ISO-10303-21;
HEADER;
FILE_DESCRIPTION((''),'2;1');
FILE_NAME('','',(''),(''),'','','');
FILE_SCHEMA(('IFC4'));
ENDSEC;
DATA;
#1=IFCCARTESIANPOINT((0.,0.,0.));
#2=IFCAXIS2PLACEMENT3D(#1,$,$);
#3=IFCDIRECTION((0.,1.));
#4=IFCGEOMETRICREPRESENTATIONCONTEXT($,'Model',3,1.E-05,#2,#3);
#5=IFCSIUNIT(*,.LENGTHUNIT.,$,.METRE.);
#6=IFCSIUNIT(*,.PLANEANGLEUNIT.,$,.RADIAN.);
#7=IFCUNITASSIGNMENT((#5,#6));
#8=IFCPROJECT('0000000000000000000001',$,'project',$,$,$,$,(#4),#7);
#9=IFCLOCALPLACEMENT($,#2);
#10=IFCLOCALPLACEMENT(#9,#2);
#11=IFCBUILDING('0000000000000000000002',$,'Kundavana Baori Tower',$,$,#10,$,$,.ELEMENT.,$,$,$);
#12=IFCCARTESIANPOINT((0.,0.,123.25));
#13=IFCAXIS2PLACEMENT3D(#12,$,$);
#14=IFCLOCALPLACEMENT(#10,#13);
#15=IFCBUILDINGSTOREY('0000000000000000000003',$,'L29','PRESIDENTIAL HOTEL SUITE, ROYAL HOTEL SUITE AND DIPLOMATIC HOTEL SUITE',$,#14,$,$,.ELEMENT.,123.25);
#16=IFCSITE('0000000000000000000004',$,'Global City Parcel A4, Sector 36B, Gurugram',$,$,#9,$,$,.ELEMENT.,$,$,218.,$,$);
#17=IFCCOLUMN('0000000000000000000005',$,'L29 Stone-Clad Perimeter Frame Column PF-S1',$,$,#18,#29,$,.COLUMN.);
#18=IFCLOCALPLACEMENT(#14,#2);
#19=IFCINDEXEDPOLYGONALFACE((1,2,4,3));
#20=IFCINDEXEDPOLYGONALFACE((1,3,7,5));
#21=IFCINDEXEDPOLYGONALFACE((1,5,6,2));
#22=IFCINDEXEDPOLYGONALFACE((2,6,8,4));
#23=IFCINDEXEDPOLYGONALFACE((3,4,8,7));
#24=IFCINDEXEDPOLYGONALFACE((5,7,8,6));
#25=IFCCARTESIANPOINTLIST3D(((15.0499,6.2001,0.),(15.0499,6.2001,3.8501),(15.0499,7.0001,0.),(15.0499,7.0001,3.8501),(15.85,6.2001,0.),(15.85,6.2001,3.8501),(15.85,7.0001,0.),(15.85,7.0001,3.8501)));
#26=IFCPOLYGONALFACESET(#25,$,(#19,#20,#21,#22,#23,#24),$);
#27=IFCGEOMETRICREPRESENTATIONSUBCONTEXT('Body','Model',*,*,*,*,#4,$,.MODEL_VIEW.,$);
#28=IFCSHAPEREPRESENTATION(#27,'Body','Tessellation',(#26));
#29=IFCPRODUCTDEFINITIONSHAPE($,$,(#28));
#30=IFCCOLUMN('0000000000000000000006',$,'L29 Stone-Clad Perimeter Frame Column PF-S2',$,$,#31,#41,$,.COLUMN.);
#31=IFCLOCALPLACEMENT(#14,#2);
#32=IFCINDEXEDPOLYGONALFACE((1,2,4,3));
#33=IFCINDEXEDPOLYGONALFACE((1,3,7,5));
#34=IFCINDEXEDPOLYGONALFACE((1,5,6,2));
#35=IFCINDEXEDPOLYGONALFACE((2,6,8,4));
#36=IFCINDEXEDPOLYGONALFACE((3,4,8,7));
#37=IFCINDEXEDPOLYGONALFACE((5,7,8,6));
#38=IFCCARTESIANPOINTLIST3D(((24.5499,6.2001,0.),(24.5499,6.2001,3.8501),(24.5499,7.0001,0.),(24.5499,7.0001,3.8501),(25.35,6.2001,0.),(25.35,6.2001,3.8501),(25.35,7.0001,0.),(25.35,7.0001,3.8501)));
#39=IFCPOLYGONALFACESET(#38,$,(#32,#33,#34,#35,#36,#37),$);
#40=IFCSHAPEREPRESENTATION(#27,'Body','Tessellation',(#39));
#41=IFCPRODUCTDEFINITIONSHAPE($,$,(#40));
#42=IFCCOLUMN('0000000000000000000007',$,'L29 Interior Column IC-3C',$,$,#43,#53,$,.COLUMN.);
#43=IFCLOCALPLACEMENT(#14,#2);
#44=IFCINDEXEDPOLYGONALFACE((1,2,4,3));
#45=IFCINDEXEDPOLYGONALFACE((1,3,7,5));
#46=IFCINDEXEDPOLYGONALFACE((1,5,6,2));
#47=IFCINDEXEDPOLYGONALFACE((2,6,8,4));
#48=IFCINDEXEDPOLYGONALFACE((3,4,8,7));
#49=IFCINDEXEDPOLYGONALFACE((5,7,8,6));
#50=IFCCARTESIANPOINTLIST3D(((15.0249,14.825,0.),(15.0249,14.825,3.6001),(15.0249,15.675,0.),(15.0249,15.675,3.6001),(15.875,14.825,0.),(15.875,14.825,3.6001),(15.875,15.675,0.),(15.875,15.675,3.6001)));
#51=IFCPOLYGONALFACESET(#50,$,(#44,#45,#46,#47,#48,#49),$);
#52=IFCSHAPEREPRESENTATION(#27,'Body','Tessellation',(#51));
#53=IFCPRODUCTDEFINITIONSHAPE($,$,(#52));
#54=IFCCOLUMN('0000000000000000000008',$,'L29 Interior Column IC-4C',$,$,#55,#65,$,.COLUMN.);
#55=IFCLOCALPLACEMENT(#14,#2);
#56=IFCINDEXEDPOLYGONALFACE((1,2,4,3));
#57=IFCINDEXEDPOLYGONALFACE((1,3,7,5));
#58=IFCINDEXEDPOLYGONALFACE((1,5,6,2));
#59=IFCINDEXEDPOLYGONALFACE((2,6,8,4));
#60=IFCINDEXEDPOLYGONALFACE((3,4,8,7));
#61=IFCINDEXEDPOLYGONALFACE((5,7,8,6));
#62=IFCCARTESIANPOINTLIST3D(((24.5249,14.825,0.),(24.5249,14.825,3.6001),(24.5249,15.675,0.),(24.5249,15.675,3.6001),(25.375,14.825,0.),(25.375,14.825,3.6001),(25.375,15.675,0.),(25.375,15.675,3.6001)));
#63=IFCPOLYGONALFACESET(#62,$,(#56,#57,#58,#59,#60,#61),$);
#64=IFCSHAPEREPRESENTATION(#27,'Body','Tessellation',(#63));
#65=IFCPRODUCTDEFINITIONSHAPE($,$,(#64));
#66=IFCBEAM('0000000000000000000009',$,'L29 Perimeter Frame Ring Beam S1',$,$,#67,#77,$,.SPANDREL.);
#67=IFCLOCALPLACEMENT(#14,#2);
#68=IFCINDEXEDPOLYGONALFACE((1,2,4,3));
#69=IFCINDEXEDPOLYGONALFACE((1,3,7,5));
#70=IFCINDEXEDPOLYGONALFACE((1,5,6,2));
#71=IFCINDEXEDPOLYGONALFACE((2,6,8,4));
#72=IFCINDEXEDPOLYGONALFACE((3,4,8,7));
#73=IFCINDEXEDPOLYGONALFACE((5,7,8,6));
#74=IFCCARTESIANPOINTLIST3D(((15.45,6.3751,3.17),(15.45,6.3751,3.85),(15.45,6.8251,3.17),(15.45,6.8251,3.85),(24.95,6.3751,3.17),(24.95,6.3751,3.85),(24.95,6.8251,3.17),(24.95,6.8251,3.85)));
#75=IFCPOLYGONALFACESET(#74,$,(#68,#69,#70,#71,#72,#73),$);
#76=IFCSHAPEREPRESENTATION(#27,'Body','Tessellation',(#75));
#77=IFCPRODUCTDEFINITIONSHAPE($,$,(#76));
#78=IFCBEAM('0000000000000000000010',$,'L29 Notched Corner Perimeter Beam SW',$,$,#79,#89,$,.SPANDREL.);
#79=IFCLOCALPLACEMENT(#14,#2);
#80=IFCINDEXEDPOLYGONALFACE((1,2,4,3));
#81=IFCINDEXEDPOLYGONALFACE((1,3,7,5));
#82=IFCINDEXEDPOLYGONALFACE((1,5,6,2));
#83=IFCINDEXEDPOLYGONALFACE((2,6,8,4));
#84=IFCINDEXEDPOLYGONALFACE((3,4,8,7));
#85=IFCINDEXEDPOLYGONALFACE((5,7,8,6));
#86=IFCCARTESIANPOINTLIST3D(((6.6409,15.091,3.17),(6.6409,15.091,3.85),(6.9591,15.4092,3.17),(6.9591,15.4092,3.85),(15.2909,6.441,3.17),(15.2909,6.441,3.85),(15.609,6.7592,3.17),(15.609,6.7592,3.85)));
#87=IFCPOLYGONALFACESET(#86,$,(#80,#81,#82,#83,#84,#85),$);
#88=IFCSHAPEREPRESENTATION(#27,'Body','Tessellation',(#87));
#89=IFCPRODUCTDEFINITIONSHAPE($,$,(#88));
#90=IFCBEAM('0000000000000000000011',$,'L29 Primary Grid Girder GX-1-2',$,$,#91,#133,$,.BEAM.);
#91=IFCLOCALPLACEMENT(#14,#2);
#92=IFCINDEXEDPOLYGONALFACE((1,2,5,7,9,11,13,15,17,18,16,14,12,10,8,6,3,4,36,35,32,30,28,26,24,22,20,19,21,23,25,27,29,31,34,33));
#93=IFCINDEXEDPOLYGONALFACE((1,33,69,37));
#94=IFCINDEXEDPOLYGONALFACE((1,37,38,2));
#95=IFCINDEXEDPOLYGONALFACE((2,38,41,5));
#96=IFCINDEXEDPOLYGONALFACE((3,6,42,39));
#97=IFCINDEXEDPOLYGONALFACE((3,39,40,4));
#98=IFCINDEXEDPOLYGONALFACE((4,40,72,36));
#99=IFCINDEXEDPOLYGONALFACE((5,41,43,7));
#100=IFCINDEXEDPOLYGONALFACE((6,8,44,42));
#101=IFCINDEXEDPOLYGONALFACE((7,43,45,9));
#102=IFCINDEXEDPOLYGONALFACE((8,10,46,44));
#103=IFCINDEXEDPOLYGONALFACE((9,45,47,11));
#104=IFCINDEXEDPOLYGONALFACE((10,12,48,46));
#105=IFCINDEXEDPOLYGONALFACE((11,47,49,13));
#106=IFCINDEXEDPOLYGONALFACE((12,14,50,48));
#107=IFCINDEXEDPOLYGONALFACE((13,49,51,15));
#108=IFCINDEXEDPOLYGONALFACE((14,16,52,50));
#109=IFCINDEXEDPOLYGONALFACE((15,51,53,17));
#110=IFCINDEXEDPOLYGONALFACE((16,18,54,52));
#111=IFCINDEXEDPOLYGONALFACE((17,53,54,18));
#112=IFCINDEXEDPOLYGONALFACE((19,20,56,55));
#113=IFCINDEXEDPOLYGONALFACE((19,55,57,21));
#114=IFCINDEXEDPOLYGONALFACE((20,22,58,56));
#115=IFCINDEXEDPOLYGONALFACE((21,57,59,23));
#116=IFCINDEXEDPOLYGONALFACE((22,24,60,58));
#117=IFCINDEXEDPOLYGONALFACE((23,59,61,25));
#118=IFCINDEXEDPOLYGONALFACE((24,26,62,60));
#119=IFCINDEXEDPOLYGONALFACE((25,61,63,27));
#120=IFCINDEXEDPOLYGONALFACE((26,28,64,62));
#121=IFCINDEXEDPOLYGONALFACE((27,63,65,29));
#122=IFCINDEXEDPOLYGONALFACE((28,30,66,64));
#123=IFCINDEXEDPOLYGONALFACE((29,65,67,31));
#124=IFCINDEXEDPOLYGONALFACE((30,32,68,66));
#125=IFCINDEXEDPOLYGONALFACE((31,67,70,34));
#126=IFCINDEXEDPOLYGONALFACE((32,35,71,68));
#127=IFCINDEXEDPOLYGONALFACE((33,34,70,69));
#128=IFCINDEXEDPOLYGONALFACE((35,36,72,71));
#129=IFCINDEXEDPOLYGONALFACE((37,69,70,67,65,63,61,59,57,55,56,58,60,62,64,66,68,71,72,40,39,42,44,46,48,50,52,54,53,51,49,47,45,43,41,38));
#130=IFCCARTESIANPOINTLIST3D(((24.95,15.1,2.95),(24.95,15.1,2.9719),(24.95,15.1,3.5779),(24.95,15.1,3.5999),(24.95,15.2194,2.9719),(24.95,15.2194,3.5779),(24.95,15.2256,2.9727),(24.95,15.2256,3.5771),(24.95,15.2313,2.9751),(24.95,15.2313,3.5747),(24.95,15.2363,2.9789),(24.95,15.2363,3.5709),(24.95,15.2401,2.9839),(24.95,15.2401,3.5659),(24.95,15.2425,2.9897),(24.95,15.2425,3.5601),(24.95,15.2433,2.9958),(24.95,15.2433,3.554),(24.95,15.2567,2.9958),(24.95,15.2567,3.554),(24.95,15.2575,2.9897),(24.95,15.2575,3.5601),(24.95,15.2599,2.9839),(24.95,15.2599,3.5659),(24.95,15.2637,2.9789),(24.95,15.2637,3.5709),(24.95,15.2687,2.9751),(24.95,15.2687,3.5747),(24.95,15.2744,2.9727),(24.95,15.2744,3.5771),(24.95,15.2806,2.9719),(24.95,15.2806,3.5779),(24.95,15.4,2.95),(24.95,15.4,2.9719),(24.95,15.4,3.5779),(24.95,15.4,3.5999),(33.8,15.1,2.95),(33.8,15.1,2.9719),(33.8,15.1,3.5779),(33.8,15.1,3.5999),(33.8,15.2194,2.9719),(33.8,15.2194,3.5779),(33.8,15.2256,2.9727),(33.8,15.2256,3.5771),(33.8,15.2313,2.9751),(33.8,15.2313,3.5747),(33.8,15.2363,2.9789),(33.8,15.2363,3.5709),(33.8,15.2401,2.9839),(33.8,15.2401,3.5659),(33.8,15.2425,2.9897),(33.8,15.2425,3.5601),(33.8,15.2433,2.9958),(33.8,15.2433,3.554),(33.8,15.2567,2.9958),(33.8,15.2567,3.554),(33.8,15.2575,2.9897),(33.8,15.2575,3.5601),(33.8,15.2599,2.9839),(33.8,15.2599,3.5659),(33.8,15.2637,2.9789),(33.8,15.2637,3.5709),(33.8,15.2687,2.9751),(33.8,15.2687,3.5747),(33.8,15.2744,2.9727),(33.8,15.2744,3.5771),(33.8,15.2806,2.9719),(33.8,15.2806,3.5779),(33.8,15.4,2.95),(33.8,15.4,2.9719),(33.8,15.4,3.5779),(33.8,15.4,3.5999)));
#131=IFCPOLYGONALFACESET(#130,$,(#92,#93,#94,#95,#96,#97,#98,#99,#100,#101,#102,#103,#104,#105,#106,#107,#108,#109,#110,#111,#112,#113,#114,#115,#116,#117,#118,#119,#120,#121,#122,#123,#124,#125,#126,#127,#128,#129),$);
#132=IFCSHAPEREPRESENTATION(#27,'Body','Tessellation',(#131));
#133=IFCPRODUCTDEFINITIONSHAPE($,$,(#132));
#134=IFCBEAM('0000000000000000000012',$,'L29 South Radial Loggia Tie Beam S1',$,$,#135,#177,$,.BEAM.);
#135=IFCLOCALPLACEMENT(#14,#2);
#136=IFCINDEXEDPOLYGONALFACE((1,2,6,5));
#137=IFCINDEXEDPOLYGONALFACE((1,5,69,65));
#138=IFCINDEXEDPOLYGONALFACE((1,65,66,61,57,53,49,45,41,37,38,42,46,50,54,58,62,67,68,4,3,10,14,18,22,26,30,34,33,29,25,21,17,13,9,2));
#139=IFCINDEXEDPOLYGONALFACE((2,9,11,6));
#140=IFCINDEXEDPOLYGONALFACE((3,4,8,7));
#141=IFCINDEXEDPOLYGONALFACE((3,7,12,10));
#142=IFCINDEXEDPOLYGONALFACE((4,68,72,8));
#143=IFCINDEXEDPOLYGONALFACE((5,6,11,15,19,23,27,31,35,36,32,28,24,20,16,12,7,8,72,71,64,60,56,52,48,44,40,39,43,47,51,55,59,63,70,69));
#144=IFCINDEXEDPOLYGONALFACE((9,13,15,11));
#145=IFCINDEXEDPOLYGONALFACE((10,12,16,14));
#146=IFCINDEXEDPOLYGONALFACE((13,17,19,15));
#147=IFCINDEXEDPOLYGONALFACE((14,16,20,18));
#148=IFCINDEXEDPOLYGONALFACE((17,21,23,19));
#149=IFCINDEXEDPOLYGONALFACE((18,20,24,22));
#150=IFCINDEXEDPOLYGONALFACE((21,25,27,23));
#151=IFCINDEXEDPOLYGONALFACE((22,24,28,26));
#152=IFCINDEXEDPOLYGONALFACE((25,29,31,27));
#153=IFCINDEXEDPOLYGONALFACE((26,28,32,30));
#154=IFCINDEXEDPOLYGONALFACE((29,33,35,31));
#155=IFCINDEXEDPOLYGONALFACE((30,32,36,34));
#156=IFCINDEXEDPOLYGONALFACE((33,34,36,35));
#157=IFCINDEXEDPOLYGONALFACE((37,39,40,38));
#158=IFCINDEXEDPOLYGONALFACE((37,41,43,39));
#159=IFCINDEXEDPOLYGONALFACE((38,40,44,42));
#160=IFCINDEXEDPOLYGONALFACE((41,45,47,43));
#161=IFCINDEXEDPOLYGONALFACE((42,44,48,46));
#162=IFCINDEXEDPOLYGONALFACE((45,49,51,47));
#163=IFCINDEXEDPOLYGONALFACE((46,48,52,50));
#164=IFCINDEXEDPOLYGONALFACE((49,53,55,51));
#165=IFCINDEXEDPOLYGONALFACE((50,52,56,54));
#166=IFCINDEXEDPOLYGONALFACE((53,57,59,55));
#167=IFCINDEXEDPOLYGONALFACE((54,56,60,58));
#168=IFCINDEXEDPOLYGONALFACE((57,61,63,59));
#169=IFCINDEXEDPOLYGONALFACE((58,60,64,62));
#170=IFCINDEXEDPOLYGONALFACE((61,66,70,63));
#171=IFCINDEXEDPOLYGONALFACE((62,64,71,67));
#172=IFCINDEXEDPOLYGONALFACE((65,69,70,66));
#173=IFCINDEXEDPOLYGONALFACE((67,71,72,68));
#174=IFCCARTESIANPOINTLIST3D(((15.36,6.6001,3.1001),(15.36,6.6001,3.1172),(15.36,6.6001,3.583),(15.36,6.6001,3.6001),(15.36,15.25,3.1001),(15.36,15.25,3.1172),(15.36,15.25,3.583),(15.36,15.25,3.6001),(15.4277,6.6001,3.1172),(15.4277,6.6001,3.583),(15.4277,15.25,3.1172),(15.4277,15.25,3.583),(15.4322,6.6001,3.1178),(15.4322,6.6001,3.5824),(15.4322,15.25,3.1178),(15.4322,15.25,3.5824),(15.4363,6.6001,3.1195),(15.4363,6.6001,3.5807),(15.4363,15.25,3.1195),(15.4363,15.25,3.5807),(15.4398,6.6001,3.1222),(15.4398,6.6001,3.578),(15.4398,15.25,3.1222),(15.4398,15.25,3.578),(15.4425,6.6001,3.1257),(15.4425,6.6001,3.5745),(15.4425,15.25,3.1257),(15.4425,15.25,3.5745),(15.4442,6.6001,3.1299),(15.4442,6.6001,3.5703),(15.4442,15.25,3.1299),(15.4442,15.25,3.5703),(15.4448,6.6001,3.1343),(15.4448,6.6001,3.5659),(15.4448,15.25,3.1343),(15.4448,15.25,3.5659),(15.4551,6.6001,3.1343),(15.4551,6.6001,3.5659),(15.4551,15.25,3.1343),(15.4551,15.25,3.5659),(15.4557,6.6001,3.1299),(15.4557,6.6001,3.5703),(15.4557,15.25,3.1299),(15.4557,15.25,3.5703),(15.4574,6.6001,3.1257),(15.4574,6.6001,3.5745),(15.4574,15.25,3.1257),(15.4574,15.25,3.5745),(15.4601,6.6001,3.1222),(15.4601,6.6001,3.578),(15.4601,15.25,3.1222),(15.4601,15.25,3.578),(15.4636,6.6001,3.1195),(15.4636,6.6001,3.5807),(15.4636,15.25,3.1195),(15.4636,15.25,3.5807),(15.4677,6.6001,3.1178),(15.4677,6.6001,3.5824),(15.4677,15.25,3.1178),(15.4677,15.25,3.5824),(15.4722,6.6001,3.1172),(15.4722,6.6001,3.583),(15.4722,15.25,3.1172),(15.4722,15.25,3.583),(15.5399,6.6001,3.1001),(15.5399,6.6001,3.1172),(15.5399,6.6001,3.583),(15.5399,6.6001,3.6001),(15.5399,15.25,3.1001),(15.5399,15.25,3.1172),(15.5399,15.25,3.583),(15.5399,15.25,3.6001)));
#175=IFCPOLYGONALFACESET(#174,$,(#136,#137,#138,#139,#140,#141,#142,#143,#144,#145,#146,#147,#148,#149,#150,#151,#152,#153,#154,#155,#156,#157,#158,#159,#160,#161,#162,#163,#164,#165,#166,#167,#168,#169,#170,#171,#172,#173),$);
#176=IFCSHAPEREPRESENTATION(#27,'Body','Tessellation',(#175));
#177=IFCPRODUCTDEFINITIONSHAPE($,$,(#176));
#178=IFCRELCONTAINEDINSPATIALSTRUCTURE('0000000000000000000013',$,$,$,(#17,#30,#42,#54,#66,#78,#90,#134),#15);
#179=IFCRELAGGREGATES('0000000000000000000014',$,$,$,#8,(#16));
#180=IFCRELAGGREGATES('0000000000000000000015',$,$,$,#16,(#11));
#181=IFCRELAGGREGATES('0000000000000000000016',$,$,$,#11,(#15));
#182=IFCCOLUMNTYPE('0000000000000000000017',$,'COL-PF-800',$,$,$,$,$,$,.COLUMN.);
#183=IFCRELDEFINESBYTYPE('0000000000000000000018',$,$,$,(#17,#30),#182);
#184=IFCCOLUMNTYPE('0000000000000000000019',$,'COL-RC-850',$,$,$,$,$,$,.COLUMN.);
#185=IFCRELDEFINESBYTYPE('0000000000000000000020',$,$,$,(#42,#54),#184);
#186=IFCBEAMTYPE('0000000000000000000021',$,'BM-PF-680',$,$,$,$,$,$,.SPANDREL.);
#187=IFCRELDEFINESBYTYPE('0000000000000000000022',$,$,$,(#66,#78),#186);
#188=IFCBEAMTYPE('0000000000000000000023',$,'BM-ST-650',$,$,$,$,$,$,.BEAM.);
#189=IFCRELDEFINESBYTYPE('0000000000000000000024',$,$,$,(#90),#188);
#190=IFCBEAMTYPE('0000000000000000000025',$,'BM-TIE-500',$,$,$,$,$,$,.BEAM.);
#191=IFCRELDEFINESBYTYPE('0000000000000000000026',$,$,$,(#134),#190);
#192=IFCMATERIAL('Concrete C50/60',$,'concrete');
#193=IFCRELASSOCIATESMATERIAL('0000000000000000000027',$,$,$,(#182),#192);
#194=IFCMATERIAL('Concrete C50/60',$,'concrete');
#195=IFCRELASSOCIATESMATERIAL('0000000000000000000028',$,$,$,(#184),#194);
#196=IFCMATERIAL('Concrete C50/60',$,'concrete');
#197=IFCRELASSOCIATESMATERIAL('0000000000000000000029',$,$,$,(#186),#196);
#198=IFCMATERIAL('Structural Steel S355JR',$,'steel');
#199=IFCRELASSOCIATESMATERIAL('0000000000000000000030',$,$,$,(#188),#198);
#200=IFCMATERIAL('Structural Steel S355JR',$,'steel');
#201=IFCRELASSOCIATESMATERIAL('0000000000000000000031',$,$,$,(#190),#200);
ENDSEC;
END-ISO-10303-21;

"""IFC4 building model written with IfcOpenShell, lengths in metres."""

from ifc_helpers import new_model, si_unit, direction, frame, origin, origin_2d, place, context, subcontext, project, spatial, rectangle, i_section, extrude, material, material_profile, profile_set, type_object, element, save


model = new_model("IFC4")

# Units and contexts
model_context = context("Model", 3, precision=1e-05, world=origin(), true_north=direction((0.0, 1.0)))
body_context = subcontext(model_context, "Body", "Model", "MODEL_VIEW")
ifc_project = project(units=[si_unit("LENGTHUNIT", "METRE"), si_unit("PLANEANGLEUNIT", "RADIAN")], contexts=[model_context])

# Site, building, storey
site_placement = place(None, origin())
site = spatial("IfcSite", under=ifc_project, at=site_placement, Name="Global City Parcel A4, Sector 36B, Gurugram", CompositionType="ELEMENT", RefElevation=218.0)
building_placement = place(site_placement, origin())
building = spatial("IfcBuilding", under=site, at=building_placement, Name="Kundavana Baori Tower", CompositionType="ELEMENT")
storey_placement = place(building_placement, frame((0.0, 0.0, 123.25)))
storey = spatial("IfcBuildingStorey", under=building, at=storey_placement, Name="L29", Description="PRESIDENTIAL HOTEL SUITE, ROYAL HOTEL SUITE AND DIPLOMATIC HOTEL SUITE", CompositionType="ELEMENT", Elevation=123.25)

# Columns
ifc_material_1 = material(Name="Concrete C50/60", Category="concrete")
ifc_material_profile_1 = material_profile(ifc_material_1, rectangle(XDim=0.8, YDim=0.8, at=origin_2d()), Name="RC PF 800x800")
ifc_profile_set_1 = profile_set([ifc_material_profile_1], Name="Concrete C50/60")
column_type_1 = type_object("IfcColumnType", Name="COL-PF-800", PredefinedType="COLUMN", material=ifc_profile_set_1)
for number, where, z_axis, x_axis, name in (
    (1, (15.45, 6.6001, 0.0), (0.0, 0.0, 1.0), (1.0, 0.0, 0.0), "L29 Stone-Clad Perimeter Frame Column PF-S1"),
    (2, (24.95, 6.6001, 0.0), (0.0, 0.0, 1.0), (1.0, 0.0, 0.0), "L29 Stone-Clad Perimeter Frame Column PF-S2"),
):
    element("IfcColumn", number, at=place(storey_placement, frame(where, z_axis=z_axis, x_axis=x_axis)), inside=storey, type_object=column_type_1, Name=name, PredefinedType="COLUMN", context=body_context, shape_type="SweptSolid", body=[
        extrude(rectangle(XDim=0.8, YDim=0.8, at=origin_2d()), origin(), (0.0, 0.0, 1.0), 3.8501),
    ])
ifc_material_2 = material(Name="Concrete C50/60", Category="concrete")
ifc_material_profile_2 = material_profile(ifc_material_2, rectangle(XDim=0.8501, YDim=0.8501, at=origin_2d()), Name="RC 850x850")
ifc_profile_set_2 = profile_set([ifc_material_profile_2], Name="Concrete C50/60")
column_type_2 = type_object("IfcColumnType", Name="COL-RC-850", PredefinedType="COLUMN", material=ifc_profile_set_2)
for number, where, z_axis, x_axis, name in (
    (3, (15.45, 15.25, 0.0), (0.0, 0.0, 1.0), (1.0, 0.0, 0.0), "L29 Interior Column IC-3C"),
    (4, (24.95, 15.25, 0.0), (0.0, 0.0, 1.0), (1.0, 0.0, 0.0), "L29 Interior Column IC-4C"),
):
    element("IfcColumn", number, at=place(storey_placement, frame(where, z_axis=z_axis, x_axis=x_axis)), inside=storey, type_object=column_type_2, Name=name, PredefinedType="COLUMN", context=body_context, shape_type="SweptSolid", body=[
        extrude(rectangle(XDim=0.8501, YDim=0.8501, at=origin_2d()), origin(), (0.0, 0.0, 1.0), 3.6001),
    ])

# Beams
ifc_material_3 = material(Name="Concrete C50/60", Category="concrete")
ifc_material_profile_3 = material_profile(ifc_material_3, rectangle(XDim=0.45, YDim=0.6799, at=origin_2d()), Name="RC BM 450x680")
ifc_profile_set_3 = profile_set([ifc_material_profile_3], Name="Concrete C50/60")
beam_type_1 = type_object("IfcBeamType", Name="BM-PF-680", PredefinedType="SPANDREL", material=ifc_profile_set_3)
beam_1_placement = place(storey_placement, frame((15.45, 6.6001, 3.51), z_axis=(1.0, 0.0, 0.0), x_axis=(0.0, 1.0, 0.0)))
element("IfcBeam", 5, at=beam_1_placement, inside=storey, type_object=beam_type_1, Name="L29 Perimeter Frame Ring Beam S1", PredefinedType="SPANDREL", context=body_context, shape_type="SweptSolid", body=[
    extrude(rectangle(XDim=0.45, YDim=0.6799, at=origin_2d()), origin(), (0.0, 0.0, 1.0), 9.5),
])
beam_2_placement = place(storey_placement, frame((15.45, 6.6001, 3.51), z_axis=(-0.707107, 0.707107, 0.0), x_axis=(-0.707107, -0.707107, 0.0)))
element("IfcBeam", 6, at=beam_2_placement, inside=storey, type_object=beam_type_1, Name="L29 Notched Corner Perimeter Beam SW", PredefinedType="SPANDREL", context=body_context, shape_type="SweptSolid", body=[
    extrude(rectangle(XDim=0.45, YDim=0.6799, at=origin_2d()), origin(), (0.0, 0.0, 1.0), 12.2329),
])
ifc_material_4 = material(Name="Structural Steel S355JR", Category="steel")
ifc_material_profile_4 = material_profile(ifc_material_4, i_section(OverallWidth=0.3, OverallDepth=0.6499, WebThickness=0.0134, FlangeThickness=0.022, FilletRadius=0.0239, at=origin_2d()), Name="NPB 650x300x155")
ifc_profile_set_4 = profile_set([ifc_material_profile_4], Name="Structural Steel S355JR")
beam_type_2 = type_object("IfcBeamType", Name="BM-ST-650", PredefinedType="BEAM", material=ifc_profile_set_4)
beam_3_placement = place(storey_placement, frame((24.95, 15.25, 3.2749), z_axis=(1.0, 0.0, 0.0), x_axis=(0.0, 1.0, 0.0)))
element("IfcBeam", 7, at=beam_3_placement, inside=storey, type_object=beam_type_2, Name="L29 Primary Grid Girder GX-1-2", PredefinedType="BEAM", context=body_context, shape_type="SweptSolid", body=[
    extrude(i_section(OverallWidth=0.3, OverallDepth=0.6499, WebThickness=0.0134, FlangeThickness=0.022, FilletRadius=0.0239, at=origin_2d()), origin(), (0.0, 0.0, 1.0), 8.8501),
])
ifc_material_5 = material(Name="Structural Steel S355JR", Category="steel")
ifc_material_profile_5 = material_profile(ifc_material_5, i_section(OverallWidth=0.1799, OverallDepth=0.5, WebThickness=0.0103, FlangeThickness=0.0171, FilletRadius=0.0171, at=origin_2d()), Name="ISMB 500")
ifc_profile_set_5 = profile_set([ifc_material_profile_5], Name="Structural Steel S355JR")
beam_type_3 = type_object("IfcBeamType", Name="BM-TIE-500", PredefinedType="BEAM", material=ifc_profile_set_5)
for number, where, z_axis, x_axis, name in (
    (8, (15.45, 15.25, 3.3501), (0.0, -1.0, 0.0), (1.0, 0.0, 0.0), "L29 South Radial Loggia Tie Beam S1"),
):
    element("IfcBeam", number, at=place(storey_placement, frame(where, z_axis=z_axis, x_axis=x_axis)), inside=storey, type_object=beam_type_3, Name=name, PredefinedType="BEAM", context=body_context, shape_type="SweptSolid", body=[
        extrude(i_section(OverallWidth=0.1799, OverallDepth=0.5, WebThickness=0.0103, FlangeThickness=0.0171, FilletRadius=0.0171, at=origin_2d()), origin(), (0.0, 0.0, 1.0), 8.6499),
    ])

save(model, "model.ifc")
